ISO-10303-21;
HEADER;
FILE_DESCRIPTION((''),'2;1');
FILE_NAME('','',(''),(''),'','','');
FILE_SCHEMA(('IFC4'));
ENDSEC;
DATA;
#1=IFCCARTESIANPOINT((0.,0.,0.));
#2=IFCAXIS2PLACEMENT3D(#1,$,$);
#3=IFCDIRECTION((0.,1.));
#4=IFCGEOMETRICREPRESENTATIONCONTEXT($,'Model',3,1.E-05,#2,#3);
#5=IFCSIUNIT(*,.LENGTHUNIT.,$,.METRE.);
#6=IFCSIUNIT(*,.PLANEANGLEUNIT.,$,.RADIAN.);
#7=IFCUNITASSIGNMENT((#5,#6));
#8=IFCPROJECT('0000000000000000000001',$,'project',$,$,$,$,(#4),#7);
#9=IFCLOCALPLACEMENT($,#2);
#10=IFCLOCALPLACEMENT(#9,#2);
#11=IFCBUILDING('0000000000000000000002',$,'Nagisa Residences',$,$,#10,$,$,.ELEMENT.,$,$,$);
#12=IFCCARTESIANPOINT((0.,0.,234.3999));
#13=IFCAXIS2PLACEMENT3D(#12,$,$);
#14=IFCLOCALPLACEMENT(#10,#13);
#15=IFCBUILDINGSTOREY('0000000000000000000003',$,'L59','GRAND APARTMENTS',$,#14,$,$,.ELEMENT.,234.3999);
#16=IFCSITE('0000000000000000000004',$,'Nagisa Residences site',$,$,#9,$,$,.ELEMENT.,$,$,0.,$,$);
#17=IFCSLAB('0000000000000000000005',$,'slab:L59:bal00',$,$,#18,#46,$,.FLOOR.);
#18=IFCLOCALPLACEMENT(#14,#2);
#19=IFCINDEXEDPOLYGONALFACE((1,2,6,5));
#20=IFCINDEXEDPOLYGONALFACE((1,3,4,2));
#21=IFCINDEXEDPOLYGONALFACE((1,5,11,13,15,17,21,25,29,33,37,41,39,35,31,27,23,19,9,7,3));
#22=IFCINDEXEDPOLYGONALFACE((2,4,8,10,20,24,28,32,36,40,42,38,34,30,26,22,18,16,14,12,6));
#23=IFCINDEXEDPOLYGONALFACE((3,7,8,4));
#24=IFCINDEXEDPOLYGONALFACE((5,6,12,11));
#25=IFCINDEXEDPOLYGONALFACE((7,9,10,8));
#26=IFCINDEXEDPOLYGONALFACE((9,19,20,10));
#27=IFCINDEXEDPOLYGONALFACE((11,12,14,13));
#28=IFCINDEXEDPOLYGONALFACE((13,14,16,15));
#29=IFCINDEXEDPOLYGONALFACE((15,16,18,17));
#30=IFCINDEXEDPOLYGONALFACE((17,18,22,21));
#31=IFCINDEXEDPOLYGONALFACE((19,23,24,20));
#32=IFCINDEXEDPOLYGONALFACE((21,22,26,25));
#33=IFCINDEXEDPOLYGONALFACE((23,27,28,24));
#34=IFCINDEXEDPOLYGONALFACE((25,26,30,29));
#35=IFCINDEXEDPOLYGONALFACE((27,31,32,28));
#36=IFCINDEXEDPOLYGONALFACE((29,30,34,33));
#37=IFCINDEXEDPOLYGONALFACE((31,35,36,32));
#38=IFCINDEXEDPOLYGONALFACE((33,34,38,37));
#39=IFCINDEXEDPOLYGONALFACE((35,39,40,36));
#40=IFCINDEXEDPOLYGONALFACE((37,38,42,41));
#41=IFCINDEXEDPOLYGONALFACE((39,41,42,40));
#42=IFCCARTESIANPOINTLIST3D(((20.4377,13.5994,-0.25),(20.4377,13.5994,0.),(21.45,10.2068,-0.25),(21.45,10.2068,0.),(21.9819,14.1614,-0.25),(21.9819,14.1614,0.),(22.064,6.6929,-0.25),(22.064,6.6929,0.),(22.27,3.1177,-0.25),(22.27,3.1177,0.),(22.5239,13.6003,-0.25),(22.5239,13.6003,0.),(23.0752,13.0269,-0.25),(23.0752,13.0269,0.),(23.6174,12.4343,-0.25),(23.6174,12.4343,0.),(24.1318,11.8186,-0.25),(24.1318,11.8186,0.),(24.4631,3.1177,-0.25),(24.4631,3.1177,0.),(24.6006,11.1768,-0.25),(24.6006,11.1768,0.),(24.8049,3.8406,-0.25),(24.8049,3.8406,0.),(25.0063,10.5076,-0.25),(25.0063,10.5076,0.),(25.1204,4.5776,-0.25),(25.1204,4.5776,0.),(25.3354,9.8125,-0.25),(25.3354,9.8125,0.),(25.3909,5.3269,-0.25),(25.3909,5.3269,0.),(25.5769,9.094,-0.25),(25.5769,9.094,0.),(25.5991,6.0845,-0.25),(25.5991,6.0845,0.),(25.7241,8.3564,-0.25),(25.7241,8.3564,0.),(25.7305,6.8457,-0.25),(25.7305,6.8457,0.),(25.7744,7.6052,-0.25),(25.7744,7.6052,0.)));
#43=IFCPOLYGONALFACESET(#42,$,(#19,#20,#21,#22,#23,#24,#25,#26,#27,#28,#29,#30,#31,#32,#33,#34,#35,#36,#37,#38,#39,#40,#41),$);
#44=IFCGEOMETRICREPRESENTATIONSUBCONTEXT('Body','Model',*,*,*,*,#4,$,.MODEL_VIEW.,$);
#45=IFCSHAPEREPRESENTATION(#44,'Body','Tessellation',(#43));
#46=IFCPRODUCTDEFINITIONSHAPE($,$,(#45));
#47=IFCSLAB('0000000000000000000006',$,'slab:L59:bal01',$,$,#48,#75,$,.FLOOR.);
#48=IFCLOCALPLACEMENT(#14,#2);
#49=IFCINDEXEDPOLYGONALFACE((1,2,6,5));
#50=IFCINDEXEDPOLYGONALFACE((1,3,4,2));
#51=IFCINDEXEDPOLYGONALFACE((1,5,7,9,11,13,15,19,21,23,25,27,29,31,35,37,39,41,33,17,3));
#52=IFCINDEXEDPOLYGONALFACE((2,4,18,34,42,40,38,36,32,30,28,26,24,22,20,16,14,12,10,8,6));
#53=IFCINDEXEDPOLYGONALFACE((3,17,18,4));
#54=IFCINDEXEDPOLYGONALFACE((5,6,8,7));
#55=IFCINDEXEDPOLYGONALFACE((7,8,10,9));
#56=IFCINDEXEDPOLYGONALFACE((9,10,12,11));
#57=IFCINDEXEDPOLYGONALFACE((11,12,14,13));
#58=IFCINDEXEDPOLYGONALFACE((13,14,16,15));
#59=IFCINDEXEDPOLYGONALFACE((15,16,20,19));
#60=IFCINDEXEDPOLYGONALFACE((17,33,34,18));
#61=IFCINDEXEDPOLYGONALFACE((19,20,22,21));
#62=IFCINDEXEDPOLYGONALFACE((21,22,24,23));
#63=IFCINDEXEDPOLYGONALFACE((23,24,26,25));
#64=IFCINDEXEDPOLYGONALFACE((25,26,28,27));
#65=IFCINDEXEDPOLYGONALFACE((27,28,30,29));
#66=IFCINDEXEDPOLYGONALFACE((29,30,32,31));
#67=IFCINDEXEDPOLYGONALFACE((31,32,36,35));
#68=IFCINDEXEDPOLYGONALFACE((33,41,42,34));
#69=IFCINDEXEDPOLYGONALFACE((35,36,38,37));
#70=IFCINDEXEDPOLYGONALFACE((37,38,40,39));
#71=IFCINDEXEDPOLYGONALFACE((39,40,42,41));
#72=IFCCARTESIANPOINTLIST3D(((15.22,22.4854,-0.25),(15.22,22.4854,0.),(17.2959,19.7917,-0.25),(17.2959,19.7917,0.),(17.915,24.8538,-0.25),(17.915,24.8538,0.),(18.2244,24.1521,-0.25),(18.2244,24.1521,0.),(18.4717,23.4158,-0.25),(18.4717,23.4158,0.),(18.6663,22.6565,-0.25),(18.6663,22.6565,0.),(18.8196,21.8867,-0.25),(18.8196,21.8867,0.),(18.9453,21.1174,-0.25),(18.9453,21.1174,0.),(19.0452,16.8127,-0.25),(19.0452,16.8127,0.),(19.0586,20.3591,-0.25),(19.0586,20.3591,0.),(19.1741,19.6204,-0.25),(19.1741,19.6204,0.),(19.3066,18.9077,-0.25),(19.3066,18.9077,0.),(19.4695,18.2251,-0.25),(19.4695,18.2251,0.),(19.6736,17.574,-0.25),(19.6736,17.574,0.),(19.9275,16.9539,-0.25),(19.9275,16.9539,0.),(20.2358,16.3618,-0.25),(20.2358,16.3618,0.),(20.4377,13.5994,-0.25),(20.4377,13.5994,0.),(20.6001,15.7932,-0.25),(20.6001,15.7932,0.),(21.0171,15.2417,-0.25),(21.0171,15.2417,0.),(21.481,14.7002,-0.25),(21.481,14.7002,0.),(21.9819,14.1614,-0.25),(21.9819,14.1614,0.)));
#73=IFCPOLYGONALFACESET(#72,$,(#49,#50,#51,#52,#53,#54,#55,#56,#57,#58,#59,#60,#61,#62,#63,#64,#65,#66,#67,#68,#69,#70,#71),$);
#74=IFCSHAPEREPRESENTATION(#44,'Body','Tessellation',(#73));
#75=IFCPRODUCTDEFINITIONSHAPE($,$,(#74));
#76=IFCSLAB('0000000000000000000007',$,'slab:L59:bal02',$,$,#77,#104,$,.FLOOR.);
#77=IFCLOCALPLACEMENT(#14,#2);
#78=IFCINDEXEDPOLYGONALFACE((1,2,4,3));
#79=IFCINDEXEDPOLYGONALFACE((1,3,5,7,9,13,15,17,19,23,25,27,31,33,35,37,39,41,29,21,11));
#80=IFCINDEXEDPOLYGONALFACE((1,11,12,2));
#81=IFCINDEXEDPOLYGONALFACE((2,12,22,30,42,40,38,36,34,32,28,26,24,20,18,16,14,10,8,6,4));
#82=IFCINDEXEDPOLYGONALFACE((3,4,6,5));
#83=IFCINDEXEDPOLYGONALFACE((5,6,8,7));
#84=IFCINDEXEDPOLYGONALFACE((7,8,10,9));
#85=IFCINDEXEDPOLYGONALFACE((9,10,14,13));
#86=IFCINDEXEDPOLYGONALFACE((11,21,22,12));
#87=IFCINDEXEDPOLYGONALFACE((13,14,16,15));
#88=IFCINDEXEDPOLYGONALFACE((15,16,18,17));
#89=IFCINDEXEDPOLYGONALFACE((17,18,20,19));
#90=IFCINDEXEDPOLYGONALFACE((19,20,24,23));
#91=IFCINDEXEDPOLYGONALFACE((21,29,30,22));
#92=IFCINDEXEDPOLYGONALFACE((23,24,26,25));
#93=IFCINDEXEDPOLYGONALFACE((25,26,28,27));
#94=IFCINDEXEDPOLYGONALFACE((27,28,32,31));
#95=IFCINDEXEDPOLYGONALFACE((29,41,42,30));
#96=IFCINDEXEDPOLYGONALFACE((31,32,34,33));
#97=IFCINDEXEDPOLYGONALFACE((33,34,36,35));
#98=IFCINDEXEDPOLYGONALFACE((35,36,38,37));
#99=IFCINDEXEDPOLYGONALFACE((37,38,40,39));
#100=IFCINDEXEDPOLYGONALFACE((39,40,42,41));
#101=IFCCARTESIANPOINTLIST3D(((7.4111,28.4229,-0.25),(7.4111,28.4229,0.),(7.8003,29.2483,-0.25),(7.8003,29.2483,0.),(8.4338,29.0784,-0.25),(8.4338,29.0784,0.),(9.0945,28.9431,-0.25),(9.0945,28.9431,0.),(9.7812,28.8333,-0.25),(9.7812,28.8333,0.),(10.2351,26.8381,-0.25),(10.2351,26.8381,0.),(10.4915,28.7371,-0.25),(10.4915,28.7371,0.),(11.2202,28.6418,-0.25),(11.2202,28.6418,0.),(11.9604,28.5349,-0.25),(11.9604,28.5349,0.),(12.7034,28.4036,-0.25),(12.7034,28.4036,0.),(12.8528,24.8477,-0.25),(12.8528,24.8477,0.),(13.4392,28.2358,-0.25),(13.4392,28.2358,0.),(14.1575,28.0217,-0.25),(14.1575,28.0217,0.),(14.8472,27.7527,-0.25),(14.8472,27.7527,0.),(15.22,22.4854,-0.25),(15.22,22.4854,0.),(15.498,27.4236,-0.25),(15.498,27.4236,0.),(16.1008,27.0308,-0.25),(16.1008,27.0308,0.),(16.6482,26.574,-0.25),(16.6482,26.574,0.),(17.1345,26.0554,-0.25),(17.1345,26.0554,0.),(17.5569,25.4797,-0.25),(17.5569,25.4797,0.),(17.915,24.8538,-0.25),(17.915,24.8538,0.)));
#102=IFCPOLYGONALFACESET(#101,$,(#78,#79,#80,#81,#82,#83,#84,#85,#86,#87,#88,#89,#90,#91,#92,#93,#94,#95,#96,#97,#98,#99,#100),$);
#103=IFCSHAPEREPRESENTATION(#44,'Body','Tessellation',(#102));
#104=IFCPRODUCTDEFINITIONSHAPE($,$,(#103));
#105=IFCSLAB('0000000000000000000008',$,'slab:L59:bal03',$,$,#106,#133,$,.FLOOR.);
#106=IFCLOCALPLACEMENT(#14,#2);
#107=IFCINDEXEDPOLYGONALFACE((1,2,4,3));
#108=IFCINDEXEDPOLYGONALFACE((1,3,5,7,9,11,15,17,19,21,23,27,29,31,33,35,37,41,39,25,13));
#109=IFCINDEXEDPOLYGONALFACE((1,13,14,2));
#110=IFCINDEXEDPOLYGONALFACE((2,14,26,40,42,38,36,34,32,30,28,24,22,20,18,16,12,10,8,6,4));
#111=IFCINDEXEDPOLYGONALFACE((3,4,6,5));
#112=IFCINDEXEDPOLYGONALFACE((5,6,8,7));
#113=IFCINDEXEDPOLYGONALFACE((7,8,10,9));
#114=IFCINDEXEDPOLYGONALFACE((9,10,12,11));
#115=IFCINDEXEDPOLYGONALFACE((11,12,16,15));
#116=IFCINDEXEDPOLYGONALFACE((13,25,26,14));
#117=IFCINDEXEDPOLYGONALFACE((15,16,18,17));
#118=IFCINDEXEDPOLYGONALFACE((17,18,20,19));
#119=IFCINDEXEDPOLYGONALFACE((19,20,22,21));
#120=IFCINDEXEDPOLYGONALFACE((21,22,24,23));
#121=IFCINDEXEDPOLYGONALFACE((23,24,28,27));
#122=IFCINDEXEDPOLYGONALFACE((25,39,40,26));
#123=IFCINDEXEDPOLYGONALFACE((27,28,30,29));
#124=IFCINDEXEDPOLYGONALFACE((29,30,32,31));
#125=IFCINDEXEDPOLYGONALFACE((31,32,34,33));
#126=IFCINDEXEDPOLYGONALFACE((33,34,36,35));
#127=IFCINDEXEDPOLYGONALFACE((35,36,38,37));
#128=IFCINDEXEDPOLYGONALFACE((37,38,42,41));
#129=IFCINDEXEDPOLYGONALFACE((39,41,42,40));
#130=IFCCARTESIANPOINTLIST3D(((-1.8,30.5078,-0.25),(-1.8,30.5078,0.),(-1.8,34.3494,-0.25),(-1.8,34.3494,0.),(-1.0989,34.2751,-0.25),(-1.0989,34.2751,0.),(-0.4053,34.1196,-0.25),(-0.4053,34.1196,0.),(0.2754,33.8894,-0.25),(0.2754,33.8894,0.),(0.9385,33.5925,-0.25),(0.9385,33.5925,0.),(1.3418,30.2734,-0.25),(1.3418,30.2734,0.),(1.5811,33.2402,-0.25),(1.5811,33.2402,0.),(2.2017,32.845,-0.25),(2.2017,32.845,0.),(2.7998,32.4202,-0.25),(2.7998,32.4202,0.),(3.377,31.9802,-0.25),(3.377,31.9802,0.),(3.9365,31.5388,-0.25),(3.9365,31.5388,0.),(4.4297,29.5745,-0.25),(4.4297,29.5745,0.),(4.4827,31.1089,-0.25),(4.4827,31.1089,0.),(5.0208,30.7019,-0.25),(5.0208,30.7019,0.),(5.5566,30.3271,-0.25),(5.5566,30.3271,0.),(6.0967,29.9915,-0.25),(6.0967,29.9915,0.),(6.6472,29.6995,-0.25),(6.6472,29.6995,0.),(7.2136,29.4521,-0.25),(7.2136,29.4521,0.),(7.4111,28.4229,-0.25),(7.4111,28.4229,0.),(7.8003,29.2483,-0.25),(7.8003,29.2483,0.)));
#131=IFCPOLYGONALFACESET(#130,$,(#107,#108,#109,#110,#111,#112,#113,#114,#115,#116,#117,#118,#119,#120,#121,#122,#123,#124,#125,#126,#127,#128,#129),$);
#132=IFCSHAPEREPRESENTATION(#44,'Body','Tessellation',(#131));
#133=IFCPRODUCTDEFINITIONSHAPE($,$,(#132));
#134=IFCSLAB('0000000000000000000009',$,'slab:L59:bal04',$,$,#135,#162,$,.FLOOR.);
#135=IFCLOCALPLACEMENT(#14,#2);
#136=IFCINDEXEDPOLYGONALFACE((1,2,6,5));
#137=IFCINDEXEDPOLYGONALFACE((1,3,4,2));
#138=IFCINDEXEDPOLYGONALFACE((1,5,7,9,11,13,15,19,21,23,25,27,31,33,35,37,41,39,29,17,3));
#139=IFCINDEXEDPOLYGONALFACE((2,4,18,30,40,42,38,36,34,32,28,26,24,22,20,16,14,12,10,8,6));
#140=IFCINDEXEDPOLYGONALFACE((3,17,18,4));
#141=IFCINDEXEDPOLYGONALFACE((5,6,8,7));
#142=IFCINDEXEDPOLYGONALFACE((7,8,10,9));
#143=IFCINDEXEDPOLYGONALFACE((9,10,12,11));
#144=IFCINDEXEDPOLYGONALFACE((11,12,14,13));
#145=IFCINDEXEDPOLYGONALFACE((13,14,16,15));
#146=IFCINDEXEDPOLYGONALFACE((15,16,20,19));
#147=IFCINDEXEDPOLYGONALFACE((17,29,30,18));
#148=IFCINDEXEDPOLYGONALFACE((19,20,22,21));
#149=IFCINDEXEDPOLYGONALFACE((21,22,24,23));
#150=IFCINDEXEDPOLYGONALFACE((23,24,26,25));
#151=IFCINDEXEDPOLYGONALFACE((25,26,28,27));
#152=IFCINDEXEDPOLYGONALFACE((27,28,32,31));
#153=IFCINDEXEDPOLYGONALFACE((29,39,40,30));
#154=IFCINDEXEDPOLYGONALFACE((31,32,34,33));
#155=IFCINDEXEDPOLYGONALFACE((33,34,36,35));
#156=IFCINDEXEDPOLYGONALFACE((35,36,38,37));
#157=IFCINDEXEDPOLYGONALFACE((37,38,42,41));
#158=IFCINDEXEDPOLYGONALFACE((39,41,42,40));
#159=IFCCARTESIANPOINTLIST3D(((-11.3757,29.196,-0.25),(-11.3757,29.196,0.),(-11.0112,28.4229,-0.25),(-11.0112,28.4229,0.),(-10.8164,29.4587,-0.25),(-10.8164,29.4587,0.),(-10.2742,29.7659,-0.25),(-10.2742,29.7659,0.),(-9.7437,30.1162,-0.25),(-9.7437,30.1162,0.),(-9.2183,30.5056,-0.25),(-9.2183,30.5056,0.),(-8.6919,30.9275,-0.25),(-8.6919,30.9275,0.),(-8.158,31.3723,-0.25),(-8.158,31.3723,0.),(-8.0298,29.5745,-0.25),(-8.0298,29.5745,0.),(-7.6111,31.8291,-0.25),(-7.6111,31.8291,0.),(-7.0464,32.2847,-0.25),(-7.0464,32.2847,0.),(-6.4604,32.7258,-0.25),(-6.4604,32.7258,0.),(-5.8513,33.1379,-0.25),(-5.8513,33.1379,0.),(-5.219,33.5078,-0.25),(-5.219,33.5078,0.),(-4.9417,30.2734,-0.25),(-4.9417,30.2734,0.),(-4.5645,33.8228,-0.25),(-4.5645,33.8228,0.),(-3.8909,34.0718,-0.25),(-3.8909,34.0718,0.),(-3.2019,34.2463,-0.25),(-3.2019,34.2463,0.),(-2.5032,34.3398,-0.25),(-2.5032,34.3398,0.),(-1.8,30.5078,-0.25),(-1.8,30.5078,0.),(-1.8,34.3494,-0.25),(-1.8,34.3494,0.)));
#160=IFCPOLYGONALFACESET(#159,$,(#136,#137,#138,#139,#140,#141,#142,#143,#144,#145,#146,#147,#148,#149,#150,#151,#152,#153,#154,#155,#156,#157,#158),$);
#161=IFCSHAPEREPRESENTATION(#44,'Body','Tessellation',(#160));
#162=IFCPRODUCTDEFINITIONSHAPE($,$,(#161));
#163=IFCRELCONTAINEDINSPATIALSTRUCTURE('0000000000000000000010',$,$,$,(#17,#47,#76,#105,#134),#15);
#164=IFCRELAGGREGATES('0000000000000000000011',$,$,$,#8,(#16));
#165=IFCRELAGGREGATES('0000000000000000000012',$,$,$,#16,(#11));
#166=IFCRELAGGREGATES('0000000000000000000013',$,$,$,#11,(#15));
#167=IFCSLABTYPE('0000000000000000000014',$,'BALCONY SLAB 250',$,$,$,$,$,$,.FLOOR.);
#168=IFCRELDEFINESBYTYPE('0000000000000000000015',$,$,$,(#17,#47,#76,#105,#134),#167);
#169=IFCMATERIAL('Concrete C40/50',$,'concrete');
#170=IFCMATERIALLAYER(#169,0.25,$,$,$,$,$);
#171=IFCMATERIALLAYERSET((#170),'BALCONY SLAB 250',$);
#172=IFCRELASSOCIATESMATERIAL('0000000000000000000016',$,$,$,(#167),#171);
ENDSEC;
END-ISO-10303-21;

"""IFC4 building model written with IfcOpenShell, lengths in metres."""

from ifc_helpers import new_model, si_unit, direction, frame, origin, place, context, subcontext, project, spatial, polyline, outline, extrude, material, layer, layer_set, type_object, element, save


model = new_model("IFC4")

# Units and contexts
model_context = context("Model", 3, precision=1e-05, world=origin(), true_north=direction((0.0, 1.0)))
body_context = subcontext(model_context, "Body", "Model", "MODEL_VIEW")
ifc_project = project(units=[si_unit("LENGTHUNIT", "METRE"), si_unit("PLANEANGLEUNIT", "RADIAN")], contexts=[model_context])

# Site, building, storey
site_placement = place(None, origin())
site = spatial("IfcSite", under=ifc_project, at=site_placement, Name="Nagisa Residences site", CompositionType="ELEMENT", RefElevation=0.0)
building_placement = place(site_placement, origin())
building = spatial("IfcBuilding", under=site, at=building_placement, Name="Nagisa Residences", CompositionType="ELEMENT")
storey_placement = place(building_placement, frame((0.0, 0.0, 234.3999)))
storey = spatial("IfcBuildingStorey", under=building, at=storey_placement, Name="L59", Description="GRAND APARTMENTS", CompositionType="ELEMENT", Elevation=234.3999)

# Slabs
ifc_material_1 = material(Name="Concrete C40/50", Category="concrete")
ifc_layer_1 = layer(ifc_material_1, 0.25)
ifc_layer_set_1 = layer_set([ifc_layer_1], Name="BALCONY SLAB 250")
slab_type_1 = type_object("IfcSlabType", Name="BALCONY SLAB 250", PredefinedType="FLOOR", material=ifc_layer_set_1)
slab_1_placement = place(storey_placement, frame((0.0, 0.0, -0.25)))
element("IfcSlab", 1, at=slab_1_placement, inside=storey, type_object=slab_type_1, Name="slab:L59:bal00", PredefinedType="FLOOR", context=body_context, shape_type="SweptSolid", body=[
    extrude(outline(polyline([(24.4631, 3.1177), (24.8049, 3.8406), (25.1204, 4.5776), (25.3909, 5.3269), (25.5991, 6.0845), (25.7305, 6.8457), (25.7744, 7.6052), (25.7241, 8.3564), (25.5769, 9.094), (25.3354, 9.8125), (25.0063, 10.5076), (24.6006, 11.1768), (24.1318, 11.8186), (23.6174, 12.4343), (23.0752, 13.0269), (22.5239, 13.6003), (21.9819, 14.1614), (20.4377, 13.5994), (21.45, 10.2068), (22.064, 6.6929), (22.27, 3.1177), (24.4631, 3.1177)])), origin(), (0.0, 0.0, 1.0), 0.25),
])
slab_2_placement = place(storey_placement, frame((0.0, 0.0, -0.25)))
element("IfcSlab", 2, at=slab_2_placement, inside=storey, type_object=slab_type_1, Name="slab:L59:bal01", PredefinedType="FLOOR", context=body_context, shape_type="SweptSolid", body=[
    extrude(outline(polyline([(21.9819, 14.1614), (21.481, 14.7002), (21.0171, 15.2417), (20.6001, 15.7932), (20.2358, 16.3618), (19.9275, 16.9539), (19.6736, 17.574), (19.4695, 18.2251), (19.3066, 18.9077), (19.1741, 19.6204), (19.0586, 20.3591), (18.9453, 21.1174), (18.8196, 21.8867), (18.6663, 22.6565), (18.4717, 23.4158), (18.2244, 24.1521), (17.915, 24.8538), (15.22, 22.4854), (17.2959, 19.7917), (19.0452, 16.8127), (20.4377, 13.5994), (21.9819, 14.1614)])), origin(), (0.0, 0.0, 1.0), 0.25),
])
slab_3_placement = place(storey_placement, frame((0.0, 0.0, -0.25)))
element("IfcSlab", 3, at=slab_3_placement, inside=storey, type_object=slab_type_1, Name="slab:L59:bal02", PredefinedType="FLOOR", context=body_context, shape_type="SweptSolid", body=[
    extrude(outline(polyline([(17.915, 24.8538), (17.5569, 25.4797), (17.1345, 26.0554), (16.6482, 26.574), (16.1008, 27.0308), (15.498, 27.4236), (14.8472, 27.7527), (14.1575, 28.0217), (13.4392, 28.2358), (12.7034, 28.4036), (11.9604, 28.5349), (11.2202, 28.6418), (10.4915, 28.7371), (9.7812, 28.8333), (9.0945, 28.9431), (8.4338, 29.0784), (7.8003, 29.2483), (7.4111, 28.4229), (10.2351, 26.8381), (12.8528, 24.8477), (15.22, 22.4854), (17.915, 24.8538)])), origin(), (0.0, 0.0, 1.0), 0.25),
])
slab_4_placement = place(storey_placement, frame((0.0, 0.0, -0.25)))
element("IfcSlab", 4, at=slab_4_placement, inside=storey, type_object=slab_type_1, Name="slab:L59:bal03", PredefinedType="FLOOR", context=body_context, shape_type="SweptSolid", body=[
    extrude(outline(polyline([(7.8003, 29.2483), (7.2136, 29.4521), (6.6472, 29.6995), (6.0967, 29.9915), (5.5566, 30.3271), (5.0208, 30.7019), (4.4827, 31.1089), (3.9365, 31.5388), (3.377, 31.9802), (2.7998, 32.4202), (2.2017, 32.845), (1.5811, 33.2402), (0.9385, 33.5925), (0.2754, 33.8894), (-0.4053, 34.1196), (-1.0989, 34.2751), (-1.8, 34.3494), (-1.8, 30.5078), (1.3418, 30.2734), (4.4297, 29.5745), (7.4111, 28.4229), (7.8003, 29.2483)])), origin(), (0.0, 0.0, 1.0), 0.25),
])
slab_5_placement = place(storey_placement, frame((0.0, 0.0, -0.25)))
element("IfcSlab", 5, at=slab_5_placement, inside=storey, type_object=slab_type_1, Name="slab:L59:bal04", PredefinedType="FLOOR", context=body_context, shape_type="SweptSolid", body=[
    extrude(outline(polyline([(-1.8, 34.3494), (-2.5032, 34.3398), (-3.2019, 34.2463), (-3.8909, 34.0718), (-4.5645, 33.8228), (-5.219, 33.5078), (-5.8513, 33.1379), (-6.4604, 32.7258), (-7.0464, 32.2847), (-7.6111, 31.8291), (-8.158, 31.3723), (-8.6919, 30.9275), (-9.2183, 30.5056), (-9.7437, 30.1162), (-10.2742, 29.7659), (-10.8164, 29.4587), (-11.3757, 29.196), (-11.0112, 28.4229), (-8.0298, 29.5745), (-4.9417, 30.2734), (-1.8, 30.5078), (-1.8, 34.3494)])), origin(), (0.0, 0.0, 1.0), 0.25),
])

save(model, "model.ifc")
